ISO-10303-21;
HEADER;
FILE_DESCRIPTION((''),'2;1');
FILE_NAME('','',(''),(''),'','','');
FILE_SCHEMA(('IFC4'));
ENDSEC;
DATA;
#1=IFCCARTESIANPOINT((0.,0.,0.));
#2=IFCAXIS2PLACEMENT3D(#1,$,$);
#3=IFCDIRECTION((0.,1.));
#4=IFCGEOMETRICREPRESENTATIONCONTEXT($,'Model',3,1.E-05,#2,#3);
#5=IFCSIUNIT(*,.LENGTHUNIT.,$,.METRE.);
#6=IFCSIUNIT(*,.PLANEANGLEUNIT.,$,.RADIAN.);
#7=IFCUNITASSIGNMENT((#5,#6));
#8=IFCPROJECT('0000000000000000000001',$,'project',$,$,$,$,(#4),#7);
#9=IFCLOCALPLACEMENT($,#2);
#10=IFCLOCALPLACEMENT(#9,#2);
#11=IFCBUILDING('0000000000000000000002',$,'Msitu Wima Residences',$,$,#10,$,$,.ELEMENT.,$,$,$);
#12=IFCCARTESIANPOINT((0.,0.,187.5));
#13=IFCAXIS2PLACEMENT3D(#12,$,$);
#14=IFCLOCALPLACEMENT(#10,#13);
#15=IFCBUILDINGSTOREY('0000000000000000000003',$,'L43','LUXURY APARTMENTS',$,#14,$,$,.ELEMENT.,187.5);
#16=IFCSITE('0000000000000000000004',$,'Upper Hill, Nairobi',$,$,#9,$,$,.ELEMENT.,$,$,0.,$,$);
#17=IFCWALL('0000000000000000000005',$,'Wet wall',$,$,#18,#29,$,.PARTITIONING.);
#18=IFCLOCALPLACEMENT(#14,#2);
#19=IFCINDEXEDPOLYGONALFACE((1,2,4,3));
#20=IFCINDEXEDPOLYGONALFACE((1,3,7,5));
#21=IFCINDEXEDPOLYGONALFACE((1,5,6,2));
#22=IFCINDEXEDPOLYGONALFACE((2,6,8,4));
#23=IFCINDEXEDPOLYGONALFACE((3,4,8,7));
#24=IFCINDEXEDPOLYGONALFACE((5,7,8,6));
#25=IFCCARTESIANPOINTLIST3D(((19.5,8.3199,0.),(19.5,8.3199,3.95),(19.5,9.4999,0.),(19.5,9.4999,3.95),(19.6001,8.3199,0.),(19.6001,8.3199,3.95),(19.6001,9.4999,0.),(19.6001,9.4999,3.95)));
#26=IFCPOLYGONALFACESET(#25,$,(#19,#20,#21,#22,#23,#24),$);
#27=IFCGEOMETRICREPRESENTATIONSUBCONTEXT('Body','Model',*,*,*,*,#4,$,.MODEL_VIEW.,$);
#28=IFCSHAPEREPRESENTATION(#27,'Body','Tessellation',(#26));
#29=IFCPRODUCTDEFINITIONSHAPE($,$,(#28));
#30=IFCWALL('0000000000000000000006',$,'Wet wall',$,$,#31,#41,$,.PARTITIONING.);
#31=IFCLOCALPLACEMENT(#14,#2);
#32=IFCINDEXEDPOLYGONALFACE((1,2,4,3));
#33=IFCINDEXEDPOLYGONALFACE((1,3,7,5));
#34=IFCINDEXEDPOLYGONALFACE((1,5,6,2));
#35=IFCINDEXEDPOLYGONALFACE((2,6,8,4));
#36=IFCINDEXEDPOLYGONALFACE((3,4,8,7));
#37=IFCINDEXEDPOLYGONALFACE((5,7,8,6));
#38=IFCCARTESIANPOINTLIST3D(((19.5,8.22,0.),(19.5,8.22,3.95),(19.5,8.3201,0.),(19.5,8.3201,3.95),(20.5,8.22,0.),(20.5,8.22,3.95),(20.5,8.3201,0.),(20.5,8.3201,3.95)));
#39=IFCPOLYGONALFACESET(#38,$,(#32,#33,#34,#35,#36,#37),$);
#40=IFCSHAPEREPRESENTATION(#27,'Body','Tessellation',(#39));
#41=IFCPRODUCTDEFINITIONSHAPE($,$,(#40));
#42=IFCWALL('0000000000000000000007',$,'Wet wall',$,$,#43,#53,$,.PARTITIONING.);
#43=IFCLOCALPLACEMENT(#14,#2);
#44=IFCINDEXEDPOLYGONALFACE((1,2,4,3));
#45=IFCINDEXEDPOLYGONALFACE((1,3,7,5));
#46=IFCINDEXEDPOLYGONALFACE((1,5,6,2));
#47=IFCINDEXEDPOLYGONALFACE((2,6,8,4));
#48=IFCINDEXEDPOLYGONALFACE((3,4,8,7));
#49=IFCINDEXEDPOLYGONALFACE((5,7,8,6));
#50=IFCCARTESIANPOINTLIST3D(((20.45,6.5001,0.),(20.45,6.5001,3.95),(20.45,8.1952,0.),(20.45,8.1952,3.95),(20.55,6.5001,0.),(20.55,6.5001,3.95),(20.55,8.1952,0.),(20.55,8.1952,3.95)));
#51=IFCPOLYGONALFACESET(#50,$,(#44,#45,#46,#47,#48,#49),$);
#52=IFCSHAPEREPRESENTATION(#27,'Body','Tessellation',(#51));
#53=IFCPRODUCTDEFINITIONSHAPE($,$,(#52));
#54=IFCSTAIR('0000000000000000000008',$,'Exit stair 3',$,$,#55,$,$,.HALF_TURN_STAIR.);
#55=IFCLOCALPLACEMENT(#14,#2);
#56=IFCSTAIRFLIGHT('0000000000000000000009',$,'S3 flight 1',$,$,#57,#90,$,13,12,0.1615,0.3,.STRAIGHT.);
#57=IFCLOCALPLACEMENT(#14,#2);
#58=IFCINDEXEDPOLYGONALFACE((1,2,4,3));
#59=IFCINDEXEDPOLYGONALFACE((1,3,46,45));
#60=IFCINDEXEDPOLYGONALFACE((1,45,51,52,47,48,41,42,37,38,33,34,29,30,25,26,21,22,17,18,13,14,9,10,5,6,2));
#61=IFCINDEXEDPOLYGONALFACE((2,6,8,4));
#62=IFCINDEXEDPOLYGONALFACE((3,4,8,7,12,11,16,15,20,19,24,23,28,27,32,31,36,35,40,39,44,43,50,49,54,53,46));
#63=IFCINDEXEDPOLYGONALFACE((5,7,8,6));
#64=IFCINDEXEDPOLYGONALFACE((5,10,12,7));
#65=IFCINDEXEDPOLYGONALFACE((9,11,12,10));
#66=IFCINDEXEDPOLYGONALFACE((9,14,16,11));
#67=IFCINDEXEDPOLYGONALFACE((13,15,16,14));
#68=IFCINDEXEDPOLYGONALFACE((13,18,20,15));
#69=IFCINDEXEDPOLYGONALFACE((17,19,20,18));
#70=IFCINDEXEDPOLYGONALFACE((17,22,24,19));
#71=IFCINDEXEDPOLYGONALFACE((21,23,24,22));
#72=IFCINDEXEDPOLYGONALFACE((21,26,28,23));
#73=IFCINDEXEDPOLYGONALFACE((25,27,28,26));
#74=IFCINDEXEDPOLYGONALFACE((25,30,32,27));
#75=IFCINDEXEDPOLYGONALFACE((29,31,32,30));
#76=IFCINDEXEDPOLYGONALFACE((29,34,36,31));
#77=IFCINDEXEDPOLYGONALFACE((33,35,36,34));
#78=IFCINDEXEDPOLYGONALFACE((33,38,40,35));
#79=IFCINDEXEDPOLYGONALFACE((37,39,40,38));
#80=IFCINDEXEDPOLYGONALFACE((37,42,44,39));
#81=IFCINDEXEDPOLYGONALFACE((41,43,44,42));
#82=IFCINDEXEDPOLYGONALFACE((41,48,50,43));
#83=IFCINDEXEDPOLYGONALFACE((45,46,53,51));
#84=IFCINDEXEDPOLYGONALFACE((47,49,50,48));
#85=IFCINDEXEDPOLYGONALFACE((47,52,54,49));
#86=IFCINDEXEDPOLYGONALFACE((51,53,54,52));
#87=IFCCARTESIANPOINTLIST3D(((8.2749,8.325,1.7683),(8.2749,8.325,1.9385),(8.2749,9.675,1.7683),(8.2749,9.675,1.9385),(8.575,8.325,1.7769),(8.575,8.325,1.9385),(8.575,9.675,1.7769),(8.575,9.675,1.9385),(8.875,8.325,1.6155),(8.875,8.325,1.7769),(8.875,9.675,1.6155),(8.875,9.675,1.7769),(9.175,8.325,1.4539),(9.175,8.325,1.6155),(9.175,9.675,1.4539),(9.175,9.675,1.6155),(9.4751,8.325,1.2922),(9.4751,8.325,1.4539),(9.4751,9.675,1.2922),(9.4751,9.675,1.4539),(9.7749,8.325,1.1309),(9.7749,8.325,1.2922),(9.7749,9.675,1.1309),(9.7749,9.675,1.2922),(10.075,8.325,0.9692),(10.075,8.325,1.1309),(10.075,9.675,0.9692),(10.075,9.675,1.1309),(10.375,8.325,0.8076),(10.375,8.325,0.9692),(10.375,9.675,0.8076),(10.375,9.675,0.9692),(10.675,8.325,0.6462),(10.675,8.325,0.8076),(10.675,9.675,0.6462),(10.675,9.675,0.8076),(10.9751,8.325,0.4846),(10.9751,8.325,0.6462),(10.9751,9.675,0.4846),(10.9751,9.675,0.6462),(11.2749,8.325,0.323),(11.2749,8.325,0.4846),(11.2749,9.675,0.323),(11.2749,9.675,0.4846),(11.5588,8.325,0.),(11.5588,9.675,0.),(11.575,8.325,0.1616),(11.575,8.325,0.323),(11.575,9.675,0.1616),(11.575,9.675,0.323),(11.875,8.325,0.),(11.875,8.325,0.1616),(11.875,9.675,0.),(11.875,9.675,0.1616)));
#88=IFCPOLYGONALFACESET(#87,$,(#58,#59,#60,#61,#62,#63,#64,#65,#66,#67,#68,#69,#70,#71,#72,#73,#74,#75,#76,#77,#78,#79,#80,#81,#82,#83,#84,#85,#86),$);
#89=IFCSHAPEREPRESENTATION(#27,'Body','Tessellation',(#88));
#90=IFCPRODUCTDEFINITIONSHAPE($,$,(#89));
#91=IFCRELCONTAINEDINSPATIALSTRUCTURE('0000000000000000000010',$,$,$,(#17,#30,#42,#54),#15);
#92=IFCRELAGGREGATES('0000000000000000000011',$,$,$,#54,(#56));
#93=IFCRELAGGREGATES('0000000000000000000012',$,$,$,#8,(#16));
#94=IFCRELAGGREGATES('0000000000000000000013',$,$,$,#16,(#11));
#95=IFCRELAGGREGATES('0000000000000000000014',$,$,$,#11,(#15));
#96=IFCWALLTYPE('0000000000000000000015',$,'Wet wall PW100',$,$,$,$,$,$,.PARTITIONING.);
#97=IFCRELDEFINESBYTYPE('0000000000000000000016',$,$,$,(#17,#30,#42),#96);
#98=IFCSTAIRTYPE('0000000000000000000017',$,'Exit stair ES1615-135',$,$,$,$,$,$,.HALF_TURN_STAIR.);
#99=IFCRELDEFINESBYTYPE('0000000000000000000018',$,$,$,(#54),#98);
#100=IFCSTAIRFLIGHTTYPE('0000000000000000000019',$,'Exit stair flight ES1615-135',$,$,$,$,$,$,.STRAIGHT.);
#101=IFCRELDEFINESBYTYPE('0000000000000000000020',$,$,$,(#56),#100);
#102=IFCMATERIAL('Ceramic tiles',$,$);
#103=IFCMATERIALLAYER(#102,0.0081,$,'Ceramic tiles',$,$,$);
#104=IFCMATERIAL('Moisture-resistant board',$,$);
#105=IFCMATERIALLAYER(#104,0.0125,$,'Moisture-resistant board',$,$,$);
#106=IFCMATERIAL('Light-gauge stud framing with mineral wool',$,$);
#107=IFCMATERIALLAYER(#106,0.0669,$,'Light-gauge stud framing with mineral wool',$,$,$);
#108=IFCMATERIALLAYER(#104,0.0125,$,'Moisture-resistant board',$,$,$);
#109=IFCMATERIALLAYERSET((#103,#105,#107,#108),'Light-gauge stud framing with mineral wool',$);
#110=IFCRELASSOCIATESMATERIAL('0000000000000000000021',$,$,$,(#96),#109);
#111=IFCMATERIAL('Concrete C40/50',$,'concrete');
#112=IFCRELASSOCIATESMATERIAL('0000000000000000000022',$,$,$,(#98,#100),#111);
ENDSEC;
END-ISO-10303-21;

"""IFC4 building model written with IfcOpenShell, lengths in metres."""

from ifc_helpers import new_model, si_unit, direction, frame, frame_2d, origin, place, context, subcontext, project, spatial, polyline, rectangle, outline, extrude, material, layer, layer_set, type_object, element, aggregate, save


model = new_model("IFC4")

# Units and contexts
model_context = context("Model", 3, precision=1e-05, world=origin(), true_north=direction((0.0, 1.0)))
body_context = subcontext(model_context, "Body", "Model", "MODEL_VIEW")
ifc_project = project(units=[si_unit("LENGTHUNIT", "METRE"), si_unit("PLANEANGLEUNIT", "RADIAN")], contexts=[model_context])

# Site, building, storey
site_placement = place(None, origin())
site = spatial("IfcSite", under=ifc_project, at=site_placement, Name="Upper Hill, Nairobi", CompositionType="ELEMENT", RefElevation=0.0)
building_placement = place(site_placement, origin())
building = spatial("IfcBuilding", under=site, at=building_placement, Name="Msitu Wima Residences", CompositionType="ELEMENT")
storey_placement = place(building_placement, frame((0.0, 0.0, 187.5)))
storey = spatial("IfcBuildingStorey", under=building, at=storey_placement, Name="L43", Description="LUXURY APARTMENTS", CompositionType="ELEMENT", Elevation=187.5)

# Shared definitions
ifc_material_1 = material(Name="Ceramic tiles")
ifc_layer_1 = layer(ifc_material_1, 0.0081, Name="Ceramic tiles")
ifc_material_2 = material(Name="Moisture-resistant board")
ifc_layer_2 = layer(ifc_material_2, 0.0125, Name="Moisture-resistant board")
ifc_material_3 = material(Name="Light-gauge stud framing with mineral wool")
ifc_layer_3 = layer(ifc_material_3, 0.0669, Name="Light-gauge stud framing with mineral wool")
ifc_layer_4 = layer(ifc_material_2, 0.0125, Name="Moisture-resistant board")
ifc_layer_set_1 = layer_set([ifc_layer_1, ifc_layer_2, ifc_layer_3, ifc_layer_4], Name="Light-gauge stud framing with mineral wool")
wall_type_1 = type_object("IfcWallType", Name="Wet wall PW100", PredefinedType="PARTITIONING", material=ifc_layer_set_1)

# Walls
wall_1_placement = place(storey_placement, frame((19.55, 8.3201, 0.0), z_axis=(0.0, 0.0, 1.0), x_axis=(0.0, 1.0, 0.0)))
element("IfcWall", 1, at=wall_1_placement, inside=storey, type_object=wall_type_1, Name="Wet wall", PredefinedType="PARTITIONING", context=body_context, shape_type="SweptSolid", body=[
    extrude(rectangle(XDim=1.1799, YDim=0.1001, at=frame_2d((0.5898, 0.0))), origin(), (0.0, 0.0, 1.0), 3.95),
])
wall_2_placement = place(storey_placement, frame((19.5, 8.27, 0.0), z_axis=(0.0, 0.0, 1.0), x_axis=(1.0, 0.0, 0.0)))
element("IfcWall", 2, at=wall_2_placement, inside=storey, type_object=wall_type_1, Name="Wet wall", PredefinedType="PARTITIONING", context=body_context, shape_type="SweptSolid", body=[
    extrude(rectangle(XDim=1.0, YDim=0.1001, at=frame_2d((0.5, 0.0))), origin(), (0.0, 0.0, 1.0), 3.95),
])
wall_3_placement = place(storey_placement, frame((20.5, 6.5, 0.0), z_axis=(0.0, 0.0, 1.0), x_axis=(0.0, 1.0, 0.0)))
element("IfcWall", 3, at=wall_3_placement, inside=storey, type_object=wall_type_1, Name="Wet wall", PredefinedType="PARTITIONING", context=body_context, shape_type="SweptSolid", body=[
    extrude(rectangle(XDim=1.6951, YDim=0.1001, at=frame_2d((0.8477, 0.0))), origin(), (0.0, 0.0, 1.0), 3.95),
])

# Stair, stair flight
ifc_material_4 = material(Name="Concrete C40/50", Category="concrete")
stair_type = type_object("IfcStairType", Name="Exit stair ES1615-135", PredefinedType="HALF_TURN_STAIR", material=ifc_material_4)
stair_placement = place(storey_placement, origin())
stair = element("IfcStair", 4, at=stair_placement, inside=storey, type_object=stair_type, Name="Exit stair 3", PredefinedType="HALF_TURN_STAIR")
stair_flight_type = type_object("IfcStairFlightType", Name="Exit stair flight ES1615-135", PredefinedType="STRAIGHT", material=ifc_material_4)
stair_flight_placement = place(storey_placement, frame((11.875, 9.0, 0.0), z_axis=(0.0, 0.0, 1.0), x_axis=(-1.0, 0.0, 0.0)))
stair_flight = element("IfcStairFlight", 5, at=stair_flight_placement, type_object=stair_flight_type, Name="S3 flight 1", NumberOfRisers=13, NumberOfTreads=12, PredefinedType="STRAIGHT", RiserHeight=0.1615, TreadLength=0.3, context=body_context, shape_type="SweptSolid", body=[
    extrude(outline(polyline([(0.0, 0.0), (0.0, 0.1616), (0.3, 0.1616), (0.3, 0.323), (0.6001, 0.323), (0.6001, 0.4846), (0.8999, 0.4846), (0.8999, 0.6462), (1.2, 0.6462), (1.2, 0.8076), (1.5, 0.8076), (1.5, 0.9692), (1.8, 0.9692), (1.8, 1.1309), (2.1001, 1.1309), (2.1001, 1.2922), (2.3999, 1.2922), (2.3999, 1.4539), (2.7, 1.4539), (2.7, 1.6155), (3.0, 1.6155), (3.0, 1.7769), (3.3, 1.7769), (3.3, 1.9385), (3.6001, 1.9385), (3.6001, 2.1001), (3.6001, 1.7683), (0.3162, 0.0), (0.0, 0.0)])), frame((0.0, 0.675, 0.0), z_axis=(0.0, -1.0, 0.0), x_axis=(1.0, 0.0, 0.0)), (0.0, 0.0, 1.0), 1.3501),
])
aggregate(stair, [stair_flight])

save(model, "model.ifc")
